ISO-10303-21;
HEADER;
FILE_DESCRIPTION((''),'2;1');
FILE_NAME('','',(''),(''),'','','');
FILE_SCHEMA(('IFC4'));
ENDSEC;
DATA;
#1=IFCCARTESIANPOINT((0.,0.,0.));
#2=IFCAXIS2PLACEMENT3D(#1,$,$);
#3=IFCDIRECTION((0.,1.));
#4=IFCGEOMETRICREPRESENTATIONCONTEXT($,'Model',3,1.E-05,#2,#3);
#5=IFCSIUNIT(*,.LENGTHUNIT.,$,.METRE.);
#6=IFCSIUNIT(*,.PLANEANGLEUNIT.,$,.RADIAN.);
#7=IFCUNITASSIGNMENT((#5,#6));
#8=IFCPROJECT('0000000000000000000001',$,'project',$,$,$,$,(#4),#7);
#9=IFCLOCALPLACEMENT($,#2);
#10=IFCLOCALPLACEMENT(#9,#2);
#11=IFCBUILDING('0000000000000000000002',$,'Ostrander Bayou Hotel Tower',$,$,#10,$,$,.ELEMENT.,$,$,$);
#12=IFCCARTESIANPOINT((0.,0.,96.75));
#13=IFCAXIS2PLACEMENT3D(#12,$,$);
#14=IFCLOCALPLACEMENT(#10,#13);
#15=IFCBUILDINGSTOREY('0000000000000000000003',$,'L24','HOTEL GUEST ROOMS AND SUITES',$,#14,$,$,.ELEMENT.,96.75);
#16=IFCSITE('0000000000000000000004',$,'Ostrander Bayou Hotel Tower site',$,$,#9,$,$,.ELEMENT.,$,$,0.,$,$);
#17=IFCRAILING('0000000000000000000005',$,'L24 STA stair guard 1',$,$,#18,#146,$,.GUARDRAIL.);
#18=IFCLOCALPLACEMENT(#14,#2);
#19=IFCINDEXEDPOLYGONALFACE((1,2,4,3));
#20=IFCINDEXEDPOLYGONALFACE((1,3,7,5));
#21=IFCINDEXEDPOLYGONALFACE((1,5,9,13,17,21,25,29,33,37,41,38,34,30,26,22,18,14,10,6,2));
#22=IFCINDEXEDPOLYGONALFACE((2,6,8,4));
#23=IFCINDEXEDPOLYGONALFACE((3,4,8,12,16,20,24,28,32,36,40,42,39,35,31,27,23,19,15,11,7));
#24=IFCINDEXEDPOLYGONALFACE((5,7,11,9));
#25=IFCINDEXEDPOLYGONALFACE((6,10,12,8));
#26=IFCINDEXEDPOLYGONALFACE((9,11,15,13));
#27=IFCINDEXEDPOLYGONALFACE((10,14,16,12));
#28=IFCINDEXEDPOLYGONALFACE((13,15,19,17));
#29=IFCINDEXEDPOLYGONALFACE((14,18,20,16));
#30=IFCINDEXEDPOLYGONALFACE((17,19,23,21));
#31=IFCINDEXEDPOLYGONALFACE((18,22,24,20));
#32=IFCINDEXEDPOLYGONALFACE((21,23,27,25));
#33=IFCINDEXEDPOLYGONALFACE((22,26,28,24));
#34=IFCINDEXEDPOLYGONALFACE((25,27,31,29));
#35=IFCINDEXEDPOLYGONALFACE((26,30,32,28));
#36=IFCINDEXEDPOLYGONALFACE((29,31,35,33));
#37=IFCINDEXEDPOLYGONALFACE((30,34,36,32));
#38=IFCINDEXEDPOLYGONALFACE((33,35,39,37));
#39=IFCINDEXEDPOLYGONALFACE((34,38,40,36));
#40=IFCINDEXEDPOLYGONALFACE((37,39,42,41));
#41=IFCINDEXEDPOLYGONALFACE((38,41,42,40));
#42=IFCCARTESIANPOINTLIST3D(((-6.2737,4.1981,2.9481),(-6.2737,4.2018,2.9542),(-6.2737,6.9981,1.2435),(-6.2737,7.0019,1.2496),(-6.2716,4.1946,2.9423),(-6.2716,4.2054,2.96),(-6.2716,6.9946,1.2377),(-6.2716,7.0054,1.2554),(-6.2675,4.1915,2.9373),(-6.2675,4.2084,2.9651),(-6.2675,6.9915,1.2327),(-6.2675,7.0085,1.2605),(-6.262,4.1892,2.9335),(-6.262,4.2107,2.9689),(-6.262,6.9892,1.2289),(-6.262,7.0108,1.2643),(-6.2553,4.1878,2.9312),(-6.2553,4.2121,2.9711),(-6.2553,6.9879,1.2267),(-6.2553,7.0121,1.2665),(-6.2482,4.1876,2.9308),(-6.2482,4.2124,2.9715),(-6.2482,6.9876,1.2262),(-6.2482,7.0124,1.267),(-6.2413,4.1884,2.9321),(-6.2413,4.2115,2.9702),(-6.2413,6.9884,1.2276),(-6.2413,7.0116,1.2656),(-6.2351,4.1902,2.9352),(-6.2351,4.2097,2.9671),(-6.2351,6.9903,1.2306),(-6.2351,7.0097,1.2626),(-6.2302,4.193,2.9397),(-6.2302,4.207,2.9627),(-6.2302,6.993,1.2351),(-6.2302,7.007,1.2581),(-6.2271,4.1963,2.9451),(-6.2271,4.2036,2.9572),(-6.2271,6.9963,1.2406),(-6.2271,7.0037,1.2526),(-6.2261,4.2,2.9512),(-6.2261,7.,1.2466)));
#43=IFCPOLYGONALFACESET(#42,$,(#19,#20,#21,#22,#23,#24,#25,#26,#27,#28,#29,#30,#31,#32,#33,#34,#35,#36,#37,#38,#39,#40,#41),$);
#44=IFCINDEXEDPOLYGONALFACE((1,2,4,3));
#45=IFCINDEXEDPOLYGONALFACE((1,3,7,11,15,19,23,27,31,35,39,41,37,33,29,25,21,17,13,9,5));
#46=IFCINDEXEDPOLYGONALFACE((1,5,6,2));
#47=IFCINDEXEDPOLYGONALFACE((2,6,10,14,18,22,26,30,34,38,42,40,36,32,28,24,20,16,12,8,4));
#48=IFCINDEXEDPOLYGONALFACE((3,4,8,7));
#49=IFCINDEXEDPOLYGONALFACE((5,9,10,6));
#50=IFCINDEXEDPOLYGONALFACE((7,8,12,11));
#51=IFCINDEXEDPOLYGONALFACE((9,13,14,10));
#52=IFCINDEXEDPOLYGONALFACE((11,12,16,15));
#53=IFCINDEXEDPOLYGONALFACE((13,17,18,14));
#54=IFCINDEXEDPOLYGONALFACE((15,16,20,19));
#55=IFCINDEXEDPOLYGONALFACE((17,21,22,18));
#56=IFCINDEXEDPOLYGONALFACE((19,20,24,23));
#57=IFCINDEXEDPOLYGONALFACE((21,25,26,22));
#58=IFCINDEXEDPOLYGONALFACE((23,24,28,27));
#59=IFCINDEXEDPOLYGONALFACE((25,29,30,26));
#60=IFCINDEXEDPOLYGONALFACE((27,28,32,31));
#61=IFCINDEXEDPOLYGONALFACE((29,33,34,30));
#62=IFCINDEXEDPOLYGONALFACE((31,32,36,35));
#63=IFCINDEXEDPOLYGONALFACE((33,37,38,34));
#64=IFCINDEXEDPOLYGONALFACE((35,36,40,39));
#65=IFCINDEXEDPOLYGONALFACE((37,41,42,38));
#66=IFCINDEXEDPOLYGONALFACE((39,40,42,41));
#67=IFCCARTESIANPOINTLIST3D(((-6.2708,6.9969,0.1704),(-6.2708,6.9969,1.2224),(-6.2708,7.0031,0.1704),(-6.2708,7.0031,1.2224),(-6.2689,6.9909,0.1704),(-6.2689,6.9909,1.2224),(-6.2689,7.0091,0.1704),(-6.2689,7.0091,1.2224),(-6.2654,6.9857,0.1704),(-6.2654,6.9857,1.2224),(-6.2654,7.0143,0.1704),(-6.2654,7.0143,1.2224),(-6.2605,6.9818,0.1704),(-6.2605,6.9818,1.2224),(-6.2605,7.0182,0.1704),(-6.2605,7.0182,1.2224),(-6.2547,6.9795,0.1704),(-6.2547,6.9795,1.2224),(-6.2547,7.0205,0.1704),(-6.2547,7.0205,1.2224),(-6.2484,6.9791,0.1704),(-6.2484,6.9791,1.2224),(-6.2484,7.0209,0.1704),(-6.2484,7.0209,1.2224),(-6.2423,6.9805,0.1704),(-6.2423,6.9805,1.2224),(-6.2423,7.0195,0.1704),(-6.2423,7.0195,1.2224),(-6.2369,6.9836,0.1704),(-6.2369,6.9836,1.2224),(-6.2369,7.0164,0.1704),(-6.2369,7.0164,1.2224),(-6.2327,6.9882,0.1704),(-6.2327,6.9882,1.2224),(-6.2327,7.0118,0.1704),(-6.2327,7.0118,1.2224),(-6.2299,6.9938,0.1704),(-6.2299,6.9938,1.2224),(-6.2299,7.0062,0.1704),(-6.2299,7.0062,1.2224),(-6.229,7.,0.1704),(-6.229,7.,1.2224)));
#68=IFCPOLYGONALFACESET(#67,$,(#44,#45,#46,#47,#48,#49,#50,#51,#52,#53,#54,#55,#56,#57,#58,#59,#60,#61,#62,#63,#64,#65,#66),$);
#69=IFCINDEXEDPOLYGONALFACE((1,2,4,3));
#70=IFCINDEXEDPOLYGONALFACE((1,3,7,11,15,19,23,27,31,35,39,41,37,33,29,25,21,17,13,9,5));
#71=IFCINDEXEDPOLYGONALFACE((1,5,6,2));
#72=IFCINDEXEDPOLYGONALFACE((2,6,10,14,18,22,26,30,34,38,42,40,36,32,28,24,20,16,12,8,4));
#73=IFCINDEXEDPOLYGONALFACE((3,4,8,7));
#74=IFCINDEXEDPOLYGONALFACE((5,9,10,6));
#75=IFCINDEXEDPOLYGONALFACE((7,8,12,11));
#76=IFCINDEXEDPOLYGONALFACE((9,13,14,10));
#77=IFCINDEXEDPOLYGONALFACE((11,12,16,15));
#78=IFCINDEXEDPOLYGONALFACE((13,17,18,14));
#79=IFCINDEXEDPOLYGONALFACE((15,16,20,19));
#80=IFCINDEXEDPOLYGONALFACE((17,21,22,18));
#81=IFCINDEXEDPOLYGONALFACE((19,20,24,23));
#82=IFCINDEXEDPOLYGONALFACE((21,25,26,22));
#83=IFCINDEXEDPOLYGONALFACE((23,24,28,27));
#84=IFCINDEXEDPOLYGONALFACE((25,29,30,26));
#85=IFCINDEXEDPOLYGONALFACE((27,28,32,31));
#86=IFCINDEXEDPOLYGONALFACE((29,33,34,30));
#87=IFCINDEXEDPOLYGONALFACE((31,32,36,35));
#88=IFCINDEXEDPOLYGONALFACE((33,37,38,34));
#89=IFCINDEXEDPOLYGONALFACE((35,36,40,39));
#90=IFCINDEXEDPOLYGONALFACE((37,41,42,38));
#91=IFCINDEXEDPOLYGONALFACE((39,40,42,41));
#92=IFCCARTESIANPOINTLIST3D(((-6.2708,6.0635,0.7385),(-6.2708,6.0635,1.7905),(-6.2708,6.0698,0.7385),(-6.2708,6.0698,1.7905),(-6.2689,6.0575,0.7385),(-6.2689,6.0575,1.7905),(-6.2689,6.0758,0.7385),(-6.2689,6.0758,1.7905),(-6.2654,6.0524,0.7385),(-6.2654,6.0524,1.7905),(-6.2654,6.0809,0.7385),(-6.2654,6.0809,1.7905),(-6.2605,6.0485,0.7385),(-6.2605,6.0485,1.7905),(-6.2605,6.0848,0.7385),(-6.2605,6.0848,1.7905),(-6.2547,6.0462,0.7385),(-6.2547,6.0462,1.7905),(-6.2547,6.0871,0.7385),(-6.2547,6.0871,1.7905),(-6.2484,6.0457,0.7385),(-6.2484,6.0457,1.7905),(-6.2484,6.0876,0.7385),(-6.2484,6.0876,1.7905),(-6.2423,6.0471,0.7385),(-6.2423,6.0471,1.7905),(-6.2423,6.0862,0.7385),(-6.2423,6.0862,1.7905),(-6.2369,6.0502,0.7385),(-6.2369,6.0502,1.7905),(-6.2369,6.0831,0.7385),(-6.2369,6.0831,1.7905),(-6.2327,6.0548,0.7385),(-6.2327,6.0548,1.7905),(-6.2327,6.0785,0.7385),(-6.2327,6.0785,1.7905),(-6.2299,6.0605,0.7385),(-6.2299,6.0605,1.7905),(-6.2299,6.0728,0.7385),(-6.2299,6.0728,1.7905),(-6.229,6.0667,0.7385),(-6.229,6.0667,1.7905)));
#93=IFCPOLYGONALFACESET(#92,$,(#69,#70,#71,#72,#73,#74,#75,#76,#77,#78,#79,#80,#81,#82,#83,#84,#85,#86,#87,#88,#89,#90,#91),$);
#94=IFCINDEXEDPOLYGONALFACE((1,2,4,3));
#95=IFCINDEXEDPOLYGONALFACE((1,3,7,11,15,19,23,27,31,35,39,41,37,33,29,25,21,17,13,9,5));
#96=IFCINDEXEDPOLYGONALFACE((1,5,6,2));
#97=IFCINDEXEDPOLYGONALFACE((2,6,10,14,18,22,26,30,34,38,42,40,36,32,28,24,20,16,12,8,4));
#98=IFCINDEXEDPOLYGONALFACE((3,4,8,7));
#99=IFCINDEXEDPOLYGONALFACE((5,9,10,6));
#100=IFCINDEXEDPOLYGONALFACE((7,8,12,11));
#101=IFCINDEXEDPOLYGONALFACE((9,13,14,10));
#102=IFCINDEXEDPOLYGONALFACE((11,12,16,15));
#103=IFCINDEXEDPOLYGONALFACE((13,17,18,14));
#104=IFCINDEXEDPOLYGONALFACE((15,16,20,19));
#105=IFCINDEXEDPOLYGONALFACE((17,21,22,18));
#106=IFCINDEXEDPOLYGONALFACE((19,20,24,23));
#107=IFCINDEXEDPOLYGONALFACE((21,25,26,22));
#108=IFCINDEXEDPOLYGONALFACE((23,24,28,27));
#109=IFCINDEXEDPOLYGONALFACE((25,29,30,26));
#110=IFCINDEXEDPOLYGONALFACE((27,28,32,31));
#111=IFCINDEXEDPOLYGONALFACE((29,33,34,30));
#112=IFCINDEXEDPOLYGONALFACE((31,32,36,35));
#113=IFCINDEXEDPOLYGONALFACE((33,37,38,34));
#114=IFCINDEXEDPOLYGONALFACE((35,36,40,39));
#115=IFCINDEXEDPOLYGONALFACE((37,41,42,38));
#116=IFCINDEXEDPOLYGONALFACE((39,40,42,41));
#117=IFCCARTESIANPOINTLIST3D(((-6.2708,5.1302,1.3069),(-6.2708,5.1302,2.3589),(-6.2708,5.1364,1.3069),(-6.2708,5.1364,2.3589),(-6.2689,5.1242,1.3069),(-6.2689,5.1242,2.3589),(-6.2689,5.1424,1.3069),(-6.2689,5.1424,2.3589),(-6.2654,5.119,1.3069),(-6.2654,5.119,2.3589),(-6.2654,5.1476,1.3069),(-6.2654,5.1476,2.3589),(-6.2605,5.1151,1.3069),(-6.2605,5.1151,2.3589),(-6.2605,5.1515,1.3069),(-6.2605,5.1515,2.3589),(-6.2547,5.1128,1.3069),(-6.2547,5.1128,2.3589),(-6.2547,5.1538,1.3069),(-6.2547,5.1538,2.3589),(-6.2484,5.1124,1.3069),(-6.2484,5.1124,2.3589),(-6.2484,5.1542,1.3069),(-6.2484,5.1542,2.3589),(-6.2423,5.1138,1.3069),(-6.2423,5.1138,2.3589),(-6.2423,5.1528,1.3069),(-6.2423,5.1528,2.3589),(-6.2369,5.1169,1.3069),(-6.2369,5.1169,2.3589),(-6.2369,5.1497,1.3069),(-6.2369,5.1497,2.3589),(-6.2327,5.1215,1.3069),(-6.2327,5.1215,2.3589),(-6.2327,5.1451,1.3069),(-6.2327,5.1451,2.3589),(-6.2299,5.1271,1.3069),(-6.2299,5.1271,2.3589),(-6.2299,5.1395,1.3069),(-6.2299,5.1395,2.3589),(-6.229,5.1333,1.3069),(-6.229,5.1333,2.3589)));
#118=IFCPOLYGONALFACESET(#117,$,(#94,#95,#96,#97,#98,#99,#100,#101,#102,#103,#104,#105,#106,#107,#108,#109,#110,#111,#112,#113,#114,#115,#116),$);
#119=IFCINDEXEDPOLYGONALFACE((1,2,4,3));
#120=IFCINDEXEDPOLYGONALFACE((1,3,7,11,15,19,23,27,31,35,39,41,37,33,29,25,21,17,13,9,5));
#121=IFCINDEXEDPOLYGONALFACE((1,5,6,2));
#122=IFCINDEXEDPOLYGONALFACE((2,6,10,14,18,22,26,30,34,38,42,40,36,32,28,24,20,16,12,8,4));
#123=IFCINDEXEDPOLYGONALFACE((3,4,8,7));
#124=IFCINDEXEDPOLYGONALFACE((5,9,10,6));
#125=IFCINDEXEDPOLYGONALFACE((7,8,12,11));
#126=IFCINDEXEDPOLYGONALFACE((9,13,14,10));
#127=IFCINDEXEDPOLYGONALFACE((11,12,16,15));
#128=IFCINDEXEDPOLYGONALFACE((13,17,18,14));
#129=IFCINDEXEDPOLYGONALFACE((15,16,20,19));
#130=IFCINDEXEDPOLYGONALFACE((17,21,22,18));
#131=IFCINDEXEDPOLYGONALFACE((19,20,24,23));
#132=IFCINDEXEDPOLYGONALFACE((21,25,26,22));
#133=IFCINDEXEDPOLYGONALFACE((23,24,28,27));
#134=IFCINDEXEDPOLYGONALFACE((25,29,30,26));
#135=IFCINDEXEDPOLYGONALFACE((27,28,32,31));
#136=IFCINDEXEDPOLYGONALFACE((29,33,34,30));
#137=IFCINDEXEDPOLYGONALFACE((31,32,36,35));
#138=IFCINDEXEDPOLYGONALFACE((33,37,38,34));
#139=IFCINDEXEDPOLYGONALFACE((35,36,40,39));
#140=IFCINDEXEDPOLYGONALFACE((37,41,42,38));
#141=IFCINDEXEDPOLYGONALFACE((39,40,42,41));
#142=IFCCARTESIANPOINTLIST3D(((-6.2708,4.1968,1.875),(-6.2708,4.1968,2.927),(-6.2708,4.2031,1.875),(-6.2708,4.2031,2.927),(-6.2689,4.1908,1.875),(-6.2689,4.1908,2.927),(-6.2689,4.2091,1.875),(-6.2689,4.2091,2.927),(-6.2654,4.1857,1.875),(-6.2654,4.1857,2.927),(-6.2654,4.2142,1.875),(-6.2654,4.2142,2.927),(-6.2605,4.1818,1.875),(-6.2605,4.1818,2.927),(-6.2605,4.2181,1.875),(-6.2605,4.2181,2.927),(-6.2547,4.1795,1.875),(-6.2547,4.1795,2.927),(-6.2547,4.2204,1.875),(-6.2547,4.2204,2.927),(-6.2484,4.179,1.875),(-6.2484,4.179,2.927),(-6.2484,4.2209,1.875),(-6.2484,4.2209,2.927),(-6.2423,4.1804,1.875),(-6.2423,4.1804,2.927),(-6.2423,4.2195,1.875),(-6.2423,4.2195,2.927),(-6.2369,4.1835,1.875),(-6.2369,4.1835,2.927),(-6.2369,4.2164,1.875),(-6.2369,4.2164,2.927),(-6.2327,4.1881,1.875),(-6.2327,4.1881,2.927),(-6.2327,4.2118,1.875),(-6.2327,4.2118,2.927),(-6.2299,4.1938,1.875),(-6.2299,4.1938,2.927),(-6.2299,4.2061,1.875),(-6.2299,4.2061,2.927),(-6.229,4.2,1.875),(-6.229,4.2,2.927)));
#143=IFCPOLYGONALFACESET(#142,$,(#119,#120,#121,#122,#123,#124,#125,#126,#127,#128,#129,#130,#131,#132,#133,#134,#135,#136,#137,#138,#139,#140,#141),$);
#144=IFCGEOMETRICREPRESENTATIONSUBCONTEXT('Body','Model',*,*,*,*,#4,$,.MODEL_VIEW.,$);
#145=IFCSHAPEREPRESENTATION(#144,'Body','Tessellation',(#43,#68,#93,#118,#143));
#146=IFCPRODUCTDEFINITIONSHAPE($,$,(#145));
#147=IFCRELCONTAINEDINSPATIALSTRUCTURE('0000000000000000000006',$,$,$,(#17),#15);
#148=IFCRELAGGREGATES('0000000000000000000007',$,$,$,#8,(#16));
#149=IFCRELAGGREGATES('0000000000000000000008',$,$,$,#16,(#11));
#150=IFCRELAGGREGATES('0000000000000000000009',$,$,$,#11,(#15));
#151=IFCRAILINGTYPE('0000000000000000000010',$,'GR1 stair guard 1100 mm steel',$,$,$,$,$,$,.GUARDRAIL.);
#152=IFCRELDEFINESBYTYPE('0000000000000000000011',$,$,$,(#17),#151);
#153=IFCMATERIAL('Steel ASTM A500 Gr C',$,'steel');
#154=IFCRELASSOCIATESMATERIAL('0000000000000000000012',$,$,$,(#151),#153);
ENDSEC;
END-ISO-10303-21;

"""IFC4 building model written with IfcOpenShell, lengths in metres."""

from ifc_helpers import new_model, si_unit, direction, frame, origin, origin_2d, place, context, subcontext, project, spatial, circle, extrude, material, type_object, element, save


model = new_model("IFC4")

# Units and contexts
model_context = context("Model", 3, precision=1e-05, world=origin(), true_north=direction((0.0, 1.0)))
body_context = subcontext(model_context, "Body", "Model", "MODEL_VIEW")
ifc_project = project(units=[si_unit("LENGTHUNIT", "METRE"), si_unit("PLANEANGLEUNIT", "RADIAN")], contexts=[model_context])

# Site, building, storey
site_placement = place(None, origin())
site = spatial("IfcSite", under=ifc_project, at=site_placement, Name="Ostrander Bayou Hotel Tower site", CompositionType="ELEMENT", RefElevation=0.0)
building_placement = place(site_placement, origin())
building = spatial("IfcBuilding", under=site, at=building_placement, Name="Ostrander Bayou Hotel Tower", CompositionType="ELEMENT")
storey_placement = place(building_placement, frame((0.0, 0.0, 96.75)))
storey = spatial("IfcBuildingStorey", under=building, at=storey_placement, Name="L24", Description="HOTEL GUEST ROOMS AND SUITES", CompositionType="ELEMENT", Elevation=96.75)

# Railing
ifc_material_1 = material(Name="Steel ASTM A500 Gr C", Category="steel")
railing_type_1 = type_object("IfcRailingType", Name="GR1 stair guard 1100 mm steel", PredefinedType="GUARDRAIL", material=ifc_material_1)
railing_1_placement = place(storey_placement, frame((-6.25, 7.0, 0.1704)))
element("IfcRailing", 1, at=railing_1_placement, inside=storey, type_object=railing_type_1, Name="L24 STA stair guard 1", PredefinedType="GUARDRAIL", context=body_context, shape_type="SweptSolid", body=[
    extrude(circle(Radius=0.0239, at=origin_2d()), frame((0.0, 0.0, 1.0762), z_axis=(0.0, -0.85417, 0.519994), x_axis=(1.0, 0.0, 0.0)), (0.0, 0.0, 1.0), 3.2781),
    extrude(circle(Radius=0.021, at=origin_2d()), origin(), (0.0, 0.0, 1.0), 1.052),
    extrude(circle(Radius=0.021, at=origin_2d()), frame((0.0, -0.9333, 0.5681)), (0.0, 0.0, 1.0), 1.052),
    extrude(circle(Radius=0.021, at=origin_2d()), frame((0.0, -1.8667, 1.1365)), (0.0, 0.0, 1.0), 1.052),
    extrude(circle(Radius=0.021, at=origin_2d()), frame((0.0, -2.8, 1.7046)), (0.0, 0.0, 1.0), 1.052),
])

save(model, "model.ifc")
